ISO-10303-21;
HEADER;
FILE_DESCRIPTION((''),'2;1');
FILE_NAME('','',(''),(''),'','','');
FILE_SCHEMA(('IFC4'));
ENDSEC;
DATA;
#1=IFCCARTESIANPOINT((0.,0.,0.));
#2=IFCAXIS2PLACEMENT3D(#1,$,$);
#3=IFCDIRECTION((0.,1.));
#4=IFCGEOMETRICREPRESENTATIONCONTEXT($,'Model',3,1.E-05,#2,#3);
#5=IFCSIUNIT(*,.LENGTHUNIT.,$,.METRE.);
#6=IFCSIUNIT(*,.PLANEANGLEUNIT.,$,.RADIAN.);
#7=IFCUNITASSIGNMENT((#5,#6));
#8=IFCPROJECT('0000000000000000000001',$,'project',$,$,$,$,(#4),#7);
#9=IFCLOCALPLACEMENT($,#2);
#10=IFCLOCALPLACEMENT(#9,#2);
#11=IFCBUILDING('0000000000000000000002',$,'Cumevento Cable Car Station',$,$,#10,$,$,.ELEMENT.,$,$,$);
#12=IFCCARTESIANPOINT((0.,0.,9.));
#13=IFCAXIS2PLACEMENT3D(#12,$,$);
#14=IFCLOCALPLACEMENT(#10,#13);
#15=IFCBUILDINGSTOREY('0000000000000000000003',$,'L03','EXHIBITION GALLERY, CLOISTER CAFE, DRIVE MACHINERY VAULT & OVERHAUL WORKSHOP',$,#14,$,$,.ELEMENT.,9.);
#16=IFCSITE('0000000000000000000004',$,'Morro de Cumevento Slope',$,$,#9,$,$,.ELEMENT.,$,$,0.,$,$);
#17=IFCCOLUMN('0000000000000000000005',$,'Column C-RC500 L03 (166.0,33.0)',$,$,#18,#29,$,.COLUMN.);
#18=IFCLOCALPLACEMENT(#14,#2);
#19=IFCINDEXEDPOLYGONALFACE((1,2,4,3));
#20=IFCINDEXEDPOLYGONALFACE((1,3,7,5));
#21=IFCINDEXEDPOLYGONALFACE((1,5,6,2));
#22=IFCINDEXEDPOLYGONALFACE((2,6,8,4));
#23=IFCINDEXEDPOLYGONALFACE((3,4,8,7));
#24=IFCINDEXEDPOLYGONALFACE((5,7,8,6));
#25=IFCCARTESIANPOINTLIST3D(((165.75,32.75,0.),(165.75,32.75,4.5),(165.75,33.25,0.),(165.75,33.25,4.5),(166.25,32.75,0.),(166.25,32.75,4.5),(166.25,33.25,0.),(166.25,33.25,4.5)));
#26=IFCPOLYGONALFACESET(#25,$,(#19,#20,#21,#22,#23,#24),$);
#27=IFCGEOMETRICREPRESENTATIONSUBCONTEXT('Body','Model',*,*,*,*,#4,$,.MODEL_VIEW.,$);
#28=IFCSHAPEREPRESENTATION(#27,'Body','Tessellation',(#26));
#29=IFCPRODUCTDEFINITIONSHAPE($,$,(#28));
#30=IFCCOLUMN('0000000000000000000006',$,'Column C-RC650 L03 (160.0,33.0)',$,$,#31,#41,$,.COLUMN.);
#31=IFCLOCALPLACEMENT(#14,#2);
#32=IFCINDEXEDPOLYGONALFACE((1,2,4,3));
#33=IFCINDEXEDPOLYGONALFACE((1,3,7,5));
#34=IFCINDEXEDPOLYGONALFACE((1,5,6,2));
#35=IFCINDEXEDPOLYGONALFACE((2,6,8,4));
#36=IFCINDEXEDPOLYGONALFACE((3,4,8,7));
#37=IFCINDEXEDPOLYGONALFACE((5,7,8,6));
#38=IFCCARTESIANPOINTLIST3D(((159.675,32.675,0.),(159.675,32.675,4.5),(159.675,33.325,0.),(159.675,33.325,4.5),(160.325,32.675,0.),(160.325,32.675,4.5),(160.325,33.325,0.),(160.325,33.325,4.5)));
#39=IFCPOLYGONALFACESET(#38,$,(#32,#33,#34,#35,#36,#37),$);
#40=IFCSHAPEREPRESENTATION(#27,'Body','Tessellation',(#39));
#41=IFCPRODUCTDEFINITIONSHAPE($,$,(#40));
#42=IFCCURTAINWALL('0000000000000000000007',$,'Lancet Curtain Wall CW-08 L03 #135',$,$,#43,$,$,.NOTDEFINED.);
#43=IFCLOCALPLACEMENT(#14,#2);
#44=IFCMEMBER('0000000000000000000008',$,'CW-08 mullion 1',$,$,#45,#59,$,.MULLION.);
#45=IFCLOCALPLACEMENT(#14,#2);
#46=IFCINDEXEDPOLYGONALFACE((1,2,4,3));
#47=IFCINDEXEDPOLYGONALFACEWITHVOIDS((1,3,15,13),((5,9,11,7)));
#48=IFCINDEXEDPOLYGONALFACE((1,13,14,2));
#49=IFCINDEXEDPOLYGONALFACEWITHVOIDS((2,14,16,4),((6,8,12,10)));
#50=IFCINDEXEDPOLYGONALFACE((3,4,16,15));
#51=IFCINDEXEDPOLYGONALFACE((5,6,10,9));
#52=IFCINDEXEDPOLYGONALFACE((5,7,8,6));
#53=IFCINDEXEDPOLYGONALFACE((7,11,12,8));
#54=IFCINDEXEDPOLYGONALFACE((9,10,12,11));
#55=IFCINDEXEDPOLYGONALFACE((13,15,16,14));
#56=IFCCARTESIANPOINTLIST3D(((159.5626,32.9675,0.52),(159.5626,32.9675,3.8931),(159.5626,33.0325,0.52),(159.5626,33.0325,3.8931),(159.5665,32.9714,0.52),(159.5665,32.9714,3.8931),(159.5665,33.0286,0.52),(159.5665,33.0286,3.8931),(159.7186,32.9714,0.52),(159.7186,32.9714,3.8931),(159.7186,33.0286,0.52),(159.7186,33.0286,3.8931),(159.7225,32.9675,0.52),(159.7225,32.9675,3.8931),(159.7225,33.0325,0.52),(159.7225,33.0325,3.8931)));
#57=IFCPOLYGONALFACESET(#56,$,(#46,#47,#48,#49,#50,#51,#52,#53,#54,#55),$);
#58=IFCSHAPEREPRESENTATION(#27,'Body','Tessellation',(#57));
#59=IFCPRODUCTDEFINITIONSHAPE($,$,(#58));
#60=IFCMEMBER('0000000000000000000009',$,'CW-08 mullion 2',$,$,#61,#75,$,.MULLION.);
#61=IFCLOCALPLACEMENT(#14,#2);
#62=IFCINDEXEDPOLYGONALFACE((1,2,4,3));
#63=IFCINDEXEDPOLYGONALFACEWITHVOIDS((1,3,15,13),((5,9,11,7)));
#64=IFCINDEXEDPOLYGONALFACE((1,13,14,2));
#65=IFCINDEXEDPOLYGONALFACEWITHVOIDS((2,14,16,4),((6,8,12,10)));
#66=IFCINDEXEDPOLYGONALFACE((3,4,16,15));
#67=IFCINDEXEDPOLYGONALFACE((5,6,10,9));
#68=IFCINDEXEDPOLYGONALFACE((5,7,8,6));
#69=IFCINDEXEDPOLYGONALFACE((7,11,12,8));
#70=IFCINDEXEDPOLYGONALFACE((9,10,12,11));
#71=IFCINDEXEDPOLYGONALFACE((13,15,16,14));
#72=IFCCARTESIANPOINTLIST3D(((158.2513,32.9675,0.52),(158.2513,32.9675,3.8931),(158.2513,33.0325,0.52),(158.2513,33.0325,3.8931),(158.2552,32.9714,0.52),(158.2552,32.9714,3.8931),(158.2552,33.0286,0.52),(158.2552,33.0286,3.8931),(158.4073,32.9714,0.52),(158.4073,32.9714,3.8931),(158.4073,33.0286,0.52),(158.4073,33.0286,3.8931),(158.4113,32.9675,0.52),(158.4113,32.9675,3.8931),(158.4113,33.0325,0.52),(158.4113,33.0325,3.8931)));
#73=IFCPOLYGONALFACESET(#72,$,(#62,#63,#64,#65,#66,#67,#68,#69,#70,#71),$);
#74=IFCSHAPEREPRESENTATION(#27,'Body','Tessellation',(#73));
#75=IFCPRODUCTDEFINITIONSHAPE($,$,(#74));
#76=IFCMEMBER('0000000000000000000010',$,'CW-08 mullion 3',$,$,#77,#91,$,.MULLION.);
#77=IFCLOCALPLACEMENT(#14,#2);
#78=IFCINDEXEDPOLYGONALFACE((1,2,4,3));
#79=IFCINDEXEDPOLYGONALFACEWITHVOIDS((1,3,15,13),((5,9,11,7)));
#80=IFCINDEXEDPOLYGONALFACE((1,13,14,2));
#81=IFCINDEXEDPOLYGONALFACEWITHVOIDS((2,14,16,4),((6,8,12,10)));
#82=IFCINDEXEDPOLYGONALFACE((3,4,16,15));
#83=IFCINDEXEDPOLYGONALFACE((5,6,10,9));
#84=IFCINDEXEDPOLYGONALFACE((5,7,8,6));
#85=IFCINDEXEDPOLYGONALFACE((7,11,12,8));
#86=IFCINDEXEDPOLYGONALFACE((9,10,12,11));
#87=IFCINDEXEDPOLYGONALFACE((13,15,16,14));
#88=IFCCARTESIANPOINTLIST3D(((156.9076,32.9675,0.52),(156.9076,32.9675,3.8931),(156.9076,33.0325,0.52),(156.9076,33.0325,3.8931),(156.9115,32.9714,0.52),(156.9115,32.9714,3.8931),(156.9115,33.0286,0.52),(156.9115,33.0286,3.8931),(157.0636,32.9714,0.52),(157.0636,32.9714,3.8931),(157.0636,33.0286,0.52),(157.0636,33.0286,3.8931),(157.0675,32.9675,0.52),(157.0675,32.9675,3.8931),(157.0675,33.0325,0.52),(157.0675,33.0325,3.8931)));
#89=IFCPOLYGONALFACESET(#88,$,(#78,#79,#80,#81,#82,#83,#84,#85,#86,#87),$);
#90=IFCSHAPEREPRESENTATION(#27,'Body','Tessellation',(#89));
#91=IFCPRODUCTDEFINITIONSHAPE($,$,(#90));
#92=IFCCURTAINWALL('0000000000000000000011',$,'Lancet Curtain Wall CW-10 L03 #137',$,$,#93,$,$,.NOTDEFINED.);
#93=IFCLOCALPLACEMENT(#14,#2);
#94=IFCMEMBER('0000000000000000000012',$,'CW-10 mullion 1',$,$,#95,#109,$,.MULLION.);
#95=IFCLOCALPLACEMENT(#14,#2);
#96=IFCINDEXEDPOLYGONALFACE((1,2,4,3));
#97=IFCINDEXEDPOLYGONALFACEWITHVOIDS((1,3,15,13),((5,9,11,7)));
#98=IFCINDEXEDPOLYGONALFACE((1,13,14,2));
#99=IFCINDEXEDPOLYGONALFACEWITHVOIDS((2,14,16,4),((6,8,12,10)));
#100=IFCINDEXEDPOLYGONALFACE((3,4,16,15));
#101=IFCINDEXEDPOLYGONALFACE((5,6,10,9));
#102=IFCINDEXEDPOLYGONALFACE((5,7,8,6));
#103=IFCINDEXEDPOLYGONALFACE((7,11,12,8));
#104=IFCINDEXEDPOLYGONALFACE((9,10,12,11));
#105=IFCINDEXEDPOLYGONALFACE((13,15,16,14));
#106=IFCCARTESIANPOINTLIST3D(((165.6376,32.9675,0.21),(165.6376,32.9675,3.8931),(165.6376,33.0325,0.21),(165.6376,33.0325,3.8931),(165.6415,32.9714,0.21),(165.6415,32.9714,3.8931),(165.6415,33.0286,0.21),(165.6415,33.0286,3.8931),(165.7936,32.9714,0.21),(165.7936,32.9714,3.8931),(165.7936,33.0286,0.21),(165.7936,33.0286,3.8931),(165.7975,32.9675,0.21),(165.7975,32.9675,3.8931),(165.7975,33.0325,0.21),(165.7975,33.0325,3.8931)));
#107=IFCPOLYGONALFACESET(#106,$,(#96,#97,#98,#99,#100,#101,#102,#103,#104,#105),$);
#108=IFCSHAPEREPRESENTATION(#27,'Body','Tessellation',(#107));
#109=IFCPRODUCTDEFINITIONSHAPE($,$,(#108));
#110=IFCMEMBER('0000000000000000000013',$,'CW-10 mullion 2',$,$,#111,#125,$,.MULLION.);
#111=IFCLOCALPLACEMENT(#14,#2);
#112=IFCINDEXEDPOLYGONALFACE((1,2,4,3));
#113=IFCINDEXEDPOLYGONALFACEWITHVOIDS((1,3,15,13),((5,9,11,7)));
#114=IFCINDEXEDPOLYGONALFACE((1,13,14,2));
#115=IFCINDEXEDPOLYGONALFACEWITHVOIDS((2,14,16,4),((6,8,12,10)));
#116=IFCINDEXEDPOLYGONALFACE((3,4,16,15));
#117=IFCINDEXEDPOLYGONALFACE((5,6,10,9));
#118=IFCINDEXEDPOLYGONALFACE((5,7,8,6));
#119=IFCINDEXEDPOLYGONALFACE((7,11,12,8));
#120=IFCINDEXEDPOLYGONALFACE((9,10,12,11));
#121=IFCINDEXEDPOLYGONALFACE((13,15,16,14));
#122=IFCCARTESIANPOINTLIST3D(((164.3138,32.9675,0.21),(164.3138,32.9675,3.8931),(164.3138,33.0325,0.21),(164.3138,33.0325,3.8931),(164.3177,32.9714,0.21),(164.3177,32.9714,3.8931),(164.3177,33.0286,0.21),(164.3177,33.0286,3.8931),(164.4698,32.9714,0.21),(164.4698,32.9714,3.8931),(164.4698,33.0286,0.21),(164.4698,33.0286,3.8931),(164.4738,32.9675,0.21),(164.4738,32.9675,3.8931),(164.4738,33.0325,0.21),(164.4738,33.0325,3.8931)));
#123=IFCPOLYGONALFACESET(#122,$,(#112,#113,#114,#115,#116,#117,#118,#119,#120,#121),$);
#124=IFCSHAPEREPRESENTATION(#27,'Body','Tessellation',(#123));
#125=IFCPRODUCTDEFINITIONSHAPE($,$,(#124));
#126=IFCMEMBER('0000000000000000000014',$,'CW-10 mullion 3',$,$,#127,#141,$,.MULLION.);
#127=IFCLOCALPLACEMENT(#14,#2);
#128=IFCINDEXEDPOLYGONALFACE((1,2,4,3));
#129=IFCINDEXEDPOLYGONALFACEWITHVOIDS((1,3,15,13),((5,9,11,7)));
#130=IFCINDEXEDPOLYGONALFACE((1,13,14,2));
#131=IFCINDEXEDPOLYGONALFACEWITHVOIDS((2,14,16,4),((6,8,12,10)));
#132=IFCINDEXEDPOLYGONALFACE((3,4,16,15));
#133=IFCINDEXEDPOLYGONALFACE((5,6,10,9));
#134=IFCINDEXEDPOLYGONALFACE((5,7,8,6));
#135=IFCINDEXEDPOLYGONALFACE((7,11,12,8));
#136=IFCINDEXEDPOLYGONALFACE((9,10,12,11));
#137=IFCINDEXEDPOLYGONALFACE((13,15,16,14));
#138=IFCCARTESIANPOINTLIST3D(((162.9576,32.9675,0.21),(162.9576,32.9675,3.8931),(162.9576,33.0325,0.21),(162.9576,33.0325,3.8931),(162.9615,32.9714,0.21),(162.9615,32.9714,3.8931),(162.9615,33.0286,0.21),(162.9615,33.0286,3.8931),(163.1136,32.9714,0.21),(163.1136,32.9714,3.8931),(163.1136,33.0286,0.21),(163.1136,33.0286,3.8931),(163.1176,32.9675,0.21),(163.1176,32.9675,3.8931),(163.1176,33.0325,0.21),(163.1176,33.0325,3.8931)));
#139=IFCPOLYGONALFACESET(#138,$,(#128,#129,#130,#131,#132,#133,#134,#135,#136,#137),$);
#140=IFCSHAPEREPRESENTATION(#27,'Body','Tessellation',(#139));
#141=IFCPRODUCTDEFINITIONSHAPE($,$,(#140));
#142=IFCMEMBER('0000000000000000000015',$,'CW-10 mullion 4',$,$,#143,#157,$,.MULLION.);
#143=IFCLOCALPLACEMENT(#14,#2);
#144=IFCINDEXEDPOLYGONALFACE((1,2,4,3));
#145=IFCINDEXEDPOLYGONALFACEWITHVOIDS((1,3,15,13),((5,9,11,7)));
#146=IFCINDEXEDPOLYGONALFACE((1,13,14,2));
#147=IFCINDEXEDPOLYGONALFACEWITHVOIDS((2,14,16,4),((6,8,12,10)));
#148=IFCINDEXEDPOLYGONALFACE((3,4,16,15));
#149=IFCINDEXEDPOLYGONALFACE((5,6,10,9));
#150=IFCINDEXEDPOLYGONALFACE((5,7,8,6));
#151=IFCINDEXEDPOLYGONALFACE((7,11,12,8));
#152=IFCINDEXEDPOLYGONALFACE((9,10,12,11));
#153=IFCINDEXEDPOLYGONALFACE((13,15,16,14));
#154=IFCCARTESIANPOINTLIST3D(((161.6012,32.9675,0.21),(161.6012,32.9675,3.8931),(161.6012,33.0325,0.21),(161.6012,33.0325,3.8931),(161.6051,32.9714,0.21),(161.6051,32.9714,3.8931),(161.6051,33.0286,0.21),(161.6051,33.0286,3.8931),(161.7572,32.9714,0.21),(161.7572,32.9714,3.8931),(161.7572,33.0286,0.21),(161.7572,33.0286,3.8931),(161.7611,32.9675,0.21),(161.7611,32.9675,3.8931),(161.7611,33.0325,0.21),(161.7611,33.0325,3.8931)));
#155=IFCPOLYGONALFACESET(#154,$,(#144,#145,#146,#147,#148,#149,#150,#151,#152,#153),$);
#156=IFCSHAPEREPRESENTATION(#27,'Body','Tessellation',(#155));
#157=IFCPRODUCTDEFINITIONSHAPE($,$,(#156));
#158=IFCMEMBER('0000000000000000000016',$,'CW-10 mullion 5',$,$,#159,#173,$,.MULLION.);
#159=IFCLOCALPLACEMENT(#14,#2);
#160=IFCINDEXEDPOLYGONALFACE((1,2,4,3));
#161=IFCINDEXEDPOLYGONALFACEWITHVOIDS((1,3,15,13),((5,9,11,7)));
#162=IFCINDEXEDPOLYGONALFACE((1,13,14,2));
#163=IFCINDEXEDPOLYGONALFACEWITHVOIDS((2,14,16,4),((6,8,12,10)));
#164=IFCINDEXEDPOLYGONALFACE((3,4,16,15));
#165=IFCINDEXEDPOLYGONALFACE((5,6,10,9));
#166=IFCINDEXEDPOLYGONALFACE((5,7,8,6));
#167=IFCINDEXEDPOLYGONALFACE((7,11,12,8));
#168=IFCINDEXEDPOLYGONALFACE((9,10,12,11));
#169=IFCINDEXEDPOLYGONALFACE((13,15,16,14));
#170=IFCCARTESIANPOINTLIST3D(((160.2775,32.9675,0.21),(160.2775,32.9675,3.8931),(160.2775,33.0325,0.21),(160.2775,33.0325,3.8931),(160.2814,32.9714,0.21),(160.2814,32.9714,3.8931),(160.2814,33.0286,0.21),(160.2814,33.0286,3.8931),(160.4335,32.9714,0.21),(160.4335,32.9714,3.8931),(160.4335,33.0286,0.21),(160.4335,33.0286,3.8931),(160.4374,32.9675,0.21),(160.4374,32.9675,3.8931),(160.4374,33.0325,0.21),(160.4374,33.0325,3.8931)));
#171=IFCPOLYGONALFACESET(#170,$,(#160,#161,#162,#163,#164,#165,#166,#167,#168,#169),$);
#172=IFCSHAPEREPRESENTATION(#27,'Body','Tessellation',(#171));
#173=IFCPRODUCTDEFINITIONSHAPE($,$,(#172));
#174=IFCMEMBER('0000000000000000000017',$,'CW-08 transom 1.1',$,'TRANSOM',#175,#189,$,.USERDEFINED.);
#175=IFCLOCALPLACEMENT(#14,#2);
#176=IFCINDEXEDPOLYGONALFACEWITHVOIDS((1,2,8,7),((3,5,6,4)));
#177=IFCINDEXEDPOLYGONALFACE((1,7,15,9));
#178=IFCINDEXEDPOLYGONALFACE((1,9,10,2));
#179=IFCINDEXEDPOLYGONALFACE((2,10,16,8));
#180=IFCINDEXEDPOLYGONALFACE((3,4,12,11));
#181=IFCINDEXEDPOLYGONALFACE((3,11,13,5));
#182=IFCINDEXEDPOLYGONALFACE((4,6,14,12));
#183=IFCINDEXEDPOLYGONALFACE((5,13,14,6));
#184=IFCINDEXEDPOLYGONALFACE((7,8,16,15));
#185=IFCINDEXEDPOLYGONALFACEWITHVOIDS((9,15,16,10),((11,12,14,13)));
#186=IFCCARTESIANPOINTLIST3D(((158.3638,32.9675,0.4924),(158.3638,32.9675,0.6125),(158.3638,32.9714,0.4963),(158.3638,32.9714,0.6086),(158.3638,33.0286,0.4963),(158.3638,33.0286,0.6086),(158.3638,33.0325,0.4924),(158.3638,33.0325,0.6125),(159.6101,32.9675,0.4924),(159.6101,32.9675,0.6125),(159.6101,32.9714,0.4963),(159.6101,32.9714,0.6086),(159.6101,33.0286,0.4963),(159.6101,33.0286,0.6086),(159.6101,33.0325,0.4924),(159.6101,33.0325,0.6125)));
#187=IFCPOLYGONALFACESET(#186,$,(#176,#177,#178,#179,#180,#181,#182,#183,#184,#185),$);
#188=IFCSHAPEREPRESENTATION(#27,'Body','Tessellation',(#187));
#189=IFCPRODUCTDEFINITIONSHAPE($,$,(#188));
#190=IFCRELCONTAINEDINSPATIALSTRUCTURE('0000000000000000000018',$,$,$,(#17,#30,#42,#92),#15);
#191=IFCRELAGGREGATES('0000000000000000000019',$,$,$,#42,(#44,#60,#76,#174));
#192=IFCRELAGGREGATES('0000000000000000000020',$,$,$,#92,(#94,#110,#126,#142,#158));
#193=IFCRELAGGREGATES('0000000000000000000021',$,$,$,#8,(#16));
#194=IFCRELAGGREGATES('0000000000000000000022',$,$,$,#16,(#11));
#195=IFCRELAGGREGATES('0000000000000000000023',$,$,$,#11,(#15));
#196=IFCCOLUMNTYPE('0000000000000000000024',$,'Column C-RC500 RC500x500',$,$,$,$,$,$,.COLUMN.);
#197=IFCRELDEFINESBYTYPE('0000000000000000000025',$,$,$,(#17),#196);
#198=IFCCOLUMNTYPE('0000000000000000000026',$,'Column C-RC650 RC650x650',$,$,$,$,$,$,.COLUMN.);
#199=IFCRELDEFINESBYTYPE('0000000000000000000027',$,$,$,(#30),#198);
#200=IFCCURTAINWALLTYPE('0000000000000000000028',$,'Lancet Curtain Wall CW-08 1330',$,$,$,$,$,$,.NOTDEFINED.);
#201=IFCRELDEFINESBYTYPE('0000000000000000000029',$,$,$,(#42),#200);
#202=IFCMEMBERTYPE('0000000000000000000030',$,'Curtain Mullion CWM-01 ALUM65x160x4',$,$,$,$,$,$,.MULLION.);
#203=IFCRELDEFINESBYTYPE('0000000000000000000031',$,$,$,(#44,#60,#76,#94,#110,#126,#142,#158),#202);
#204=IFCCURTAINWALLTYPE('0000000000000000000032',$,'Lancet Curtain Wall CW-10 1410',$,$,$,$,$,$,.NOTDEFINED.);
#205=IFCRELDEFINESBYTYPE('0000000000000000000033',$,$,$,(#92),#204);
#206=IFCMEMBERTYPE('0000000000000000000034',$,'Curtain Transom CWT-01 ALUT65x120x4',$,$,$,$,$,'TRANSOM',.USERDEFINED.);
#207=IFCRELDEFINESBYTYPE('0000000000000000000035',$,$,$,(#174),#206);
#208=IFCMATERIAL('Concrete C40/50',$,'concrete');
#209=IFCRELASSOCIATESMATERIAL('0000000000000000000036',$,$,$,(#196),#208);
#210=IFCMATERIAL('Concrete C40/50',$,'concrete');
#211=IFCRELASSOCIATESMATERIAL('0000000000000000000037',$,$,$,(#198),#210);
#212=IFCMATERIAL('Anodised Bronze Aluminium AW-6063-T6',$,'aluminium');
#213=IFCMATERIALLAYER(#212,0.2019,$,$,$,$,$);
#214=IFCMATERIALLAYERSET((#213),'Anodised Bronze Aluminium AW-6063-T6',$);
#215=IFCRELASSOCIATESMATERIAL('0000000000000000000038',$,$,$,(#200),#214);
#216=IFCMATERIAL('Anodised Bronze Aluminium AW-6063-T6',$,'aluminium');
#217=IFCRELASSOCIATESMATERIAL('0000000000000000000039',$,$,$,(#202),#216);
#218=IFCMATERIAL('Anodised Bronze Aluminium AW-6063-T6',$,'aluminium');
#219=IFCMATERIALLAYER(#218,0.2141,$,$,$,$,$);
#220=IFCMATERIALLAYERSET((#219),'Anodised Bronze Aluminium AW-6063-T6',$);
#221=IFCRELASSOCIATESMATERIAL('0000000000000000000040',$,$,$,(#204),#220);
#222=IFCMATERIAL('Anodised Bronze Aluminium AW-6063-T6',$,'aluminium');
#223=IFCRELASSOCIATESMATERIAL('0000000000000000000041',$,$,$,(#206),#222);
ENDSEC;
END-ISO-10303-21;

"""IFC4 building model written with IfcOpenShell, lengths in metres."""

from ifc_helpers import new_model, si_unit, direction, frame, origin, origin_2d, place, context, subcontext, project, spatial, rectangle, hollow_rectangle, extrude, material, layer, layer_set, material_profile, profile_set, type_object, element, aggregate, save


model = new_model("IFC4")

# Units and contexts
model_context = context("Model", 3, precision=1e-05, world=origin(), true_north=direction((0.0, 1.0)))
body_context = subcontext(model_context, "Body", "Model", "MODEL_VIEW")
ifc_project = project(units=[si_unit("LENGTHUNIT", "METRE"), si_unit("PLANEANGLEUNIT", "RADIAN")], contexts=[model_context])

# Site, building, storey
site_placement = place(None, origin())
site = spatial("IfcSite", under=ifc_project, at=site_placement, Name="Morro de Cumevento Slope", CompositionType="ELEMENT", RefElevation=0.0)
building_placement = place(site_placement, origin())
building = spatial("IfcBuilding", under=site, at=building_placement, Name="Cumevento Cable Car Station", CompositionType="ELEMENT")
storey_placement = place(building_placement, frame((0.0, 0.0, 9.0)))
storey = spatial("IfcBuildingStorey", under=building, at=storey_placement, Name="L03", Description="EXHIBITION GALLERY, CLOISTER CAFE, DRIVE MACHINERY VAULT & OVERHAUL WORKSHOP", CompositionType="ELEMENT", Elevation=9.0)

# Columns
ifc_material_1 = material(Name="Concrete C40/50", Category="concrete")
ifc_material_profile_1 = material_profile(ifc_material_1, rectangle(XDim=0.5, YDim=0.5, at=origin_2d()), Name="RC500x500")
ifc_profile_set_1 = profile_set([ifc_material_profile_1], Name="Concrete C40/50")
column_type_1 = type_object("IfcColumnType", Name="Column C-RC500 RC500x500", PredefinedType="COLUMN", material=ifc_profile_set_1)
column_1_placement = place(storey_placement, frame((166.0, 33.0, 0.0), z_axis=(0.0, 0.0, 1.0), x_axis=(1.0, 0.0, 0.0)))
element("IfcColumn", 1, at=column_1_placement, inside=storey, type_object=column_type_1, Name="Column C-RC500 L03 (166.0,33.0)", PredefinedType="COLUMN", context=body_context, shape_type="SweptSolid", body=[
    extrude(rectangle(XDim=0.5, YDim=0.5, at=origin_2d()), origin(), (0.0, 0.0, 1.0), 4.5),
])
ifc_material_2 = material(Name="Concrete C40/50", Category="concrete")
ifc_material_profile_2 = material_profile(ifc_material_2, rectangle(XDim=0.6499, YDim=0.6499, at=origin_2d()), Name="RC650x650")
ifc_profile_set_2 = profile_set([ifc_material_profile_2], Name="Concrete C40/50")
column_type_2 = type_object("IfcColumnType", Name="Column C-RC650 RC650x650", PredefinedType="COLUMN", material=ifc_profile_set_2)
column_2_placement = place(storey_placement, frame((160.0, 33.0, 0.0), z_axis=(0.0, 0.0, 1.0), x_axis=(1.0, 0.0, 0.0)))
element("IfcColumn", 2, at=column_2_placement, inside=storey, type_object=column_type_2, Name="Column C-RC650 L03 (160.0,33.0)", PredefinedType="COLUMN", context=body_context, shape_type="SweptSolid", body=[
    extrude(rectangle(XDim=0.6499, YDim=0.6499, at=origin_2d()), origin(), (0.0, 0.0, 1.0), 4.5),
])

# Curtain walls, members
ifc_material_3 = material(Name="Anodised Bronze Aluminium AW-6063-T6", Category="aluminium")
ifc_layer_1 = layer(ifc_material_3, 0.2019)
ifc_layer_set_1 = layer_set([ifc_layer_1], Name="Anodised Bronze Aluminium AW-6063-T6")
curtain_wall_type_1 = type_object("IfcCurtainWallType", Name="Lancet Curtain Wall CW-08 1330", PredefinedType="NOTDEFINED", material=ifc_layer_set_1)
curtain_wall_1_placement = place(storey_placement, origin())
curtain_wall_1 = element("IfcCurtainWall", 3, at=curtain_wall_1_placement, inside=storey, type_object=curtain_wall_type_1, Name="Lancet Curtain Wall CW-08 L03 #135", PredefinedType="NOTDEFINED")
ifc_material_4 = material(Name="Anodised Bronze Aluminium AW-6063-T6", Category="aluminium")
ifc_material_profile_3 = material_profile(ifc_material_4, hollow_rectangle(XDim=0.0649, YDim=0.1599, WallThickness=0.0039, at=origin_2d()), Name="ALUM65x160x4")
ifc_profile_set_3 = profile_set([ifc_material_profile_3], Name="Anodised Bronze Aluminium AW-6063-T6")
member_type_1 = type_object("IfcMemberType", Name="Curtain Mullion CWM-01 ALUM65x160x4", PredefinedType="MULLION", material=ifc_profile_set_3)
member_1_placement = place(storey_placement, frame((159.6426, 33.0, 0.52), z_axis=(0.0, 0.0, 1.0), x_axis=(0.0, -1.0, 0.0)))
member_1 = element("IfcMember", 4, at=member_1_placement, type_object=member_type_1, Name="CW-08 mullion 1", PredefinedType="MULLION", context=body_context, shape_type="SweptSolid", body=[
    extrude(hollow_rectangle(XDim=0.0649, YDim=0.1599, WallThickness=0.0039, at=origin_2d()), origin(), (0.0, 0.0, 1.0), 3.373),
])
member_2_placement = place(storey_placement, frame((158.3313, 33.0, 0.52), z_axis=(0.0, 0.0, 1.0), x_axis=(0.0, -1.0, 0.0)))
member_2 = element("IfcMember", 5, at=member_2_placement, type_object=member_type_1, Name="CW-08 mullion 2", PredefinedType="MULLION", context=body_context, shape_type="SweptSolid", body=[
    extrude(hollow_rectangle(XDim=0.0649, YDim=0.1599, WallThickness=0.0039, at=origin_2d()), origin(), (0.0, 0.0, 1.0), 3.373),
])
member_3_placement = place(storey_placement, frame((156.9875, 33.0, 0.52), z_axis=(0.0, 0.0, 1.0), x_axis=(0.0, -1.0, 0.0)))
member_3 = element("IfcMember", 6, at=member_3_placement, type_object=member_type_1, Name="CW-08 mullion 3", PredefinedType="MULLION", context=body_context, shape_type="SweptSolid", body=[
    extrude(hollow_rectangle(XDim=0.0649, YDim=0.1599, WallThickness=0.0039, at=origin_2d()), origin(), (0.0, 0.0, 1.0), 3.373),
])
ifc_material_5 = material(Name="Anodised Bronze Aluminium AW-6063-T6", Category="aluminium")
ifc_layer_2 = layer(ifc_material_5, 0.2141)
ifc_layer_set_2 = layer_set([ifc_layer_2], Name="Anodised Bronze Aluminium AW-6063-T6")
curtain_wall_type_2 = type_object("IfcCurtainWallType", Name="Lancet Curtain Wall CW-10 1410", PredefinedType="NOTDEFINED", material=ifc_layer_set_2)
curtain_wall_2_placement = place(storey_placement, origin())
curtain_wall_2 = element("IfcCurtainWall", 7, at=curtain_wall_2_placement, inside=storey, type_object=curtain_wall_type_2, Name="Lancet Curtain Wall CW-10 L03 #137", PredefinedType="NOTDEFINED")
member_4_placement = place(storey_placement, frame((165.7175, 33.0, 0.21), z_axis=(0.0, 0.0, 1.0), x_axis=(0.0, -1.0, 0.0)))
member_4 = element("IfcMember", 8, at=member_4_placement, type_object=member_type_1, Name="CW-10 mullion 1", PredefinedType="MULLION", context=body_context, shape_type="SweptSolid", body=[
    extrude(hollow_rectangle(XDim=0.0649, YDim=0.1599, WallThickness=0.0039, at=origin_2d()), origin(), (0.0, 0.0, 1.0), 3.6831),
])
member_5_placement = place(storey_placement, frame((164.3938, 33.0, 0.21), z_axis=(0.0, 0.0, 1.0), x_axis=(0.0, -1.0, 0.0)))
member_5 = element("IfcMember", 9, at=member_5_placement, type_object=member_type_1, Name="CW-10 mullion 2", PredefinedType="MULLION", context=body_context, shape_type="SweptSolid", body=[
    extrude(hollow_rectangle(XDim=0.0649, YDim=0.1599, WallThickness=0.0039, at=origin_2d()), origin(), (0.0, 0.0, 1.0), 3.6831),
])
member_6_placement = place(storey_placement, frame((163.0376, 33.0, 0.21), z_axis=(0.0, 0.0, 1.0), x_axis=(0.0, -1.0, 0.0)))
member_6 = element("IfcMember", 10, at=member_6_placement, type_object=member_type_1, Name="CW-10 mullion 3", PredefinedType="MULLION", context=body_context, shape_type="SweptSolid", body=[
    extrude(hollow_rectangle(XDim=0.0649, YDim=0.1599, WallThickness=0.0039, at=origin_2d()), origin(), (0.0, 0.0, 1.0), 3.6831),
])
member_7_placement = place(storey_placement, frame((161.6812, 33.0, 0.21), z_axis=(0.0, 0.0, 1.0), x_axis=(0.0, -1.0, 0.0)))
member_7 = element("IfcMember", 11, at=member_7_placement, type_object=member_type_1, Name="CW-10 mullion 4", PredefinedType="MULLION", context=body_context, shape_type="SweptSolid", body=[
    extrude(hollow_rectangle(XDim=0.0649, YDim=0.1599, WallThickness=0.0039, at=origin_2d()), origin(), (0.0, 0.0, 1.0), 3.6831),
])
member_8_placement = place(storey_placement, frame((160.3574, 33.0, 0.21), z_axis=(0.0, 0.0, 1.0), x_axis=(0.0, -1.0, 0.0)))
member_8 = element("IfcMember", 12, at=member_8_placement, type_object=member_type_1, Name="CW-10 mullion 5", PredefinedType="MULLION", context=body_context, shape_type="SweptSolid", body=[
    extrude(hollow_rectangle(XDim=0.0649, YDim=0.1599, WallThickness=0.0039, at=origin_2d()), origin(), (0.0, 0.0, 1.0), 3.6831),
])

# Member
ifc_material_6 = material(Name="Anodised Bronze Aluminium AW-6063-T6", Category="aluminium")
ifc_material_profile_4 = material_profile(ifc_material_6, hollow_rectangle(XDim=0.0649, YDim=0.1201, WallThickness=0.0039, at=origin_2d()), Name="ALUT65x120x4")
ifc_profile_set_4 = profile_set([ifc_material_profile_4], Name="Anodised Bronze Aluminium AW-6063-T6")
member_type_2 = type_object("IfcMemberType", Name="Curtain Transom CWT-01 ALUT65x120x4", ElementType="TRANSOM", PredefinedType="USERDEFINED", material=ifc_profile_set_4)
member_9_placement = place(storey_placement, frame((159.6101, 33.0, 0.5525), z_axis=(-1.0, 0.0, 0.0), x_axis=(0.0, -1.0, 0.0)))
member_9 = element("IfcMember", 13, at=member_9_placement, type_object=member_type_2, Name="CW-08 transom 1.1", ObjectType="TRANSOM", PredefinedType="USERDEFINED", context=body_context, shape_type="SweptSolid", body=[
    extrude(hollow_rectangle(XDim=0.0649, YDim=0.1201, WallThickness=0.0039, at=origin_2d()), origin(), (0.0, 0.0, 1.0), 1.2463),
])

aggregate(curtain_wall_1, [member_1, member_2, member_3, member_9])
aggregate(curtain_wall_2, [member_4, member_5, member_6, member_7, member_8])

save(model, "model.ifc")
